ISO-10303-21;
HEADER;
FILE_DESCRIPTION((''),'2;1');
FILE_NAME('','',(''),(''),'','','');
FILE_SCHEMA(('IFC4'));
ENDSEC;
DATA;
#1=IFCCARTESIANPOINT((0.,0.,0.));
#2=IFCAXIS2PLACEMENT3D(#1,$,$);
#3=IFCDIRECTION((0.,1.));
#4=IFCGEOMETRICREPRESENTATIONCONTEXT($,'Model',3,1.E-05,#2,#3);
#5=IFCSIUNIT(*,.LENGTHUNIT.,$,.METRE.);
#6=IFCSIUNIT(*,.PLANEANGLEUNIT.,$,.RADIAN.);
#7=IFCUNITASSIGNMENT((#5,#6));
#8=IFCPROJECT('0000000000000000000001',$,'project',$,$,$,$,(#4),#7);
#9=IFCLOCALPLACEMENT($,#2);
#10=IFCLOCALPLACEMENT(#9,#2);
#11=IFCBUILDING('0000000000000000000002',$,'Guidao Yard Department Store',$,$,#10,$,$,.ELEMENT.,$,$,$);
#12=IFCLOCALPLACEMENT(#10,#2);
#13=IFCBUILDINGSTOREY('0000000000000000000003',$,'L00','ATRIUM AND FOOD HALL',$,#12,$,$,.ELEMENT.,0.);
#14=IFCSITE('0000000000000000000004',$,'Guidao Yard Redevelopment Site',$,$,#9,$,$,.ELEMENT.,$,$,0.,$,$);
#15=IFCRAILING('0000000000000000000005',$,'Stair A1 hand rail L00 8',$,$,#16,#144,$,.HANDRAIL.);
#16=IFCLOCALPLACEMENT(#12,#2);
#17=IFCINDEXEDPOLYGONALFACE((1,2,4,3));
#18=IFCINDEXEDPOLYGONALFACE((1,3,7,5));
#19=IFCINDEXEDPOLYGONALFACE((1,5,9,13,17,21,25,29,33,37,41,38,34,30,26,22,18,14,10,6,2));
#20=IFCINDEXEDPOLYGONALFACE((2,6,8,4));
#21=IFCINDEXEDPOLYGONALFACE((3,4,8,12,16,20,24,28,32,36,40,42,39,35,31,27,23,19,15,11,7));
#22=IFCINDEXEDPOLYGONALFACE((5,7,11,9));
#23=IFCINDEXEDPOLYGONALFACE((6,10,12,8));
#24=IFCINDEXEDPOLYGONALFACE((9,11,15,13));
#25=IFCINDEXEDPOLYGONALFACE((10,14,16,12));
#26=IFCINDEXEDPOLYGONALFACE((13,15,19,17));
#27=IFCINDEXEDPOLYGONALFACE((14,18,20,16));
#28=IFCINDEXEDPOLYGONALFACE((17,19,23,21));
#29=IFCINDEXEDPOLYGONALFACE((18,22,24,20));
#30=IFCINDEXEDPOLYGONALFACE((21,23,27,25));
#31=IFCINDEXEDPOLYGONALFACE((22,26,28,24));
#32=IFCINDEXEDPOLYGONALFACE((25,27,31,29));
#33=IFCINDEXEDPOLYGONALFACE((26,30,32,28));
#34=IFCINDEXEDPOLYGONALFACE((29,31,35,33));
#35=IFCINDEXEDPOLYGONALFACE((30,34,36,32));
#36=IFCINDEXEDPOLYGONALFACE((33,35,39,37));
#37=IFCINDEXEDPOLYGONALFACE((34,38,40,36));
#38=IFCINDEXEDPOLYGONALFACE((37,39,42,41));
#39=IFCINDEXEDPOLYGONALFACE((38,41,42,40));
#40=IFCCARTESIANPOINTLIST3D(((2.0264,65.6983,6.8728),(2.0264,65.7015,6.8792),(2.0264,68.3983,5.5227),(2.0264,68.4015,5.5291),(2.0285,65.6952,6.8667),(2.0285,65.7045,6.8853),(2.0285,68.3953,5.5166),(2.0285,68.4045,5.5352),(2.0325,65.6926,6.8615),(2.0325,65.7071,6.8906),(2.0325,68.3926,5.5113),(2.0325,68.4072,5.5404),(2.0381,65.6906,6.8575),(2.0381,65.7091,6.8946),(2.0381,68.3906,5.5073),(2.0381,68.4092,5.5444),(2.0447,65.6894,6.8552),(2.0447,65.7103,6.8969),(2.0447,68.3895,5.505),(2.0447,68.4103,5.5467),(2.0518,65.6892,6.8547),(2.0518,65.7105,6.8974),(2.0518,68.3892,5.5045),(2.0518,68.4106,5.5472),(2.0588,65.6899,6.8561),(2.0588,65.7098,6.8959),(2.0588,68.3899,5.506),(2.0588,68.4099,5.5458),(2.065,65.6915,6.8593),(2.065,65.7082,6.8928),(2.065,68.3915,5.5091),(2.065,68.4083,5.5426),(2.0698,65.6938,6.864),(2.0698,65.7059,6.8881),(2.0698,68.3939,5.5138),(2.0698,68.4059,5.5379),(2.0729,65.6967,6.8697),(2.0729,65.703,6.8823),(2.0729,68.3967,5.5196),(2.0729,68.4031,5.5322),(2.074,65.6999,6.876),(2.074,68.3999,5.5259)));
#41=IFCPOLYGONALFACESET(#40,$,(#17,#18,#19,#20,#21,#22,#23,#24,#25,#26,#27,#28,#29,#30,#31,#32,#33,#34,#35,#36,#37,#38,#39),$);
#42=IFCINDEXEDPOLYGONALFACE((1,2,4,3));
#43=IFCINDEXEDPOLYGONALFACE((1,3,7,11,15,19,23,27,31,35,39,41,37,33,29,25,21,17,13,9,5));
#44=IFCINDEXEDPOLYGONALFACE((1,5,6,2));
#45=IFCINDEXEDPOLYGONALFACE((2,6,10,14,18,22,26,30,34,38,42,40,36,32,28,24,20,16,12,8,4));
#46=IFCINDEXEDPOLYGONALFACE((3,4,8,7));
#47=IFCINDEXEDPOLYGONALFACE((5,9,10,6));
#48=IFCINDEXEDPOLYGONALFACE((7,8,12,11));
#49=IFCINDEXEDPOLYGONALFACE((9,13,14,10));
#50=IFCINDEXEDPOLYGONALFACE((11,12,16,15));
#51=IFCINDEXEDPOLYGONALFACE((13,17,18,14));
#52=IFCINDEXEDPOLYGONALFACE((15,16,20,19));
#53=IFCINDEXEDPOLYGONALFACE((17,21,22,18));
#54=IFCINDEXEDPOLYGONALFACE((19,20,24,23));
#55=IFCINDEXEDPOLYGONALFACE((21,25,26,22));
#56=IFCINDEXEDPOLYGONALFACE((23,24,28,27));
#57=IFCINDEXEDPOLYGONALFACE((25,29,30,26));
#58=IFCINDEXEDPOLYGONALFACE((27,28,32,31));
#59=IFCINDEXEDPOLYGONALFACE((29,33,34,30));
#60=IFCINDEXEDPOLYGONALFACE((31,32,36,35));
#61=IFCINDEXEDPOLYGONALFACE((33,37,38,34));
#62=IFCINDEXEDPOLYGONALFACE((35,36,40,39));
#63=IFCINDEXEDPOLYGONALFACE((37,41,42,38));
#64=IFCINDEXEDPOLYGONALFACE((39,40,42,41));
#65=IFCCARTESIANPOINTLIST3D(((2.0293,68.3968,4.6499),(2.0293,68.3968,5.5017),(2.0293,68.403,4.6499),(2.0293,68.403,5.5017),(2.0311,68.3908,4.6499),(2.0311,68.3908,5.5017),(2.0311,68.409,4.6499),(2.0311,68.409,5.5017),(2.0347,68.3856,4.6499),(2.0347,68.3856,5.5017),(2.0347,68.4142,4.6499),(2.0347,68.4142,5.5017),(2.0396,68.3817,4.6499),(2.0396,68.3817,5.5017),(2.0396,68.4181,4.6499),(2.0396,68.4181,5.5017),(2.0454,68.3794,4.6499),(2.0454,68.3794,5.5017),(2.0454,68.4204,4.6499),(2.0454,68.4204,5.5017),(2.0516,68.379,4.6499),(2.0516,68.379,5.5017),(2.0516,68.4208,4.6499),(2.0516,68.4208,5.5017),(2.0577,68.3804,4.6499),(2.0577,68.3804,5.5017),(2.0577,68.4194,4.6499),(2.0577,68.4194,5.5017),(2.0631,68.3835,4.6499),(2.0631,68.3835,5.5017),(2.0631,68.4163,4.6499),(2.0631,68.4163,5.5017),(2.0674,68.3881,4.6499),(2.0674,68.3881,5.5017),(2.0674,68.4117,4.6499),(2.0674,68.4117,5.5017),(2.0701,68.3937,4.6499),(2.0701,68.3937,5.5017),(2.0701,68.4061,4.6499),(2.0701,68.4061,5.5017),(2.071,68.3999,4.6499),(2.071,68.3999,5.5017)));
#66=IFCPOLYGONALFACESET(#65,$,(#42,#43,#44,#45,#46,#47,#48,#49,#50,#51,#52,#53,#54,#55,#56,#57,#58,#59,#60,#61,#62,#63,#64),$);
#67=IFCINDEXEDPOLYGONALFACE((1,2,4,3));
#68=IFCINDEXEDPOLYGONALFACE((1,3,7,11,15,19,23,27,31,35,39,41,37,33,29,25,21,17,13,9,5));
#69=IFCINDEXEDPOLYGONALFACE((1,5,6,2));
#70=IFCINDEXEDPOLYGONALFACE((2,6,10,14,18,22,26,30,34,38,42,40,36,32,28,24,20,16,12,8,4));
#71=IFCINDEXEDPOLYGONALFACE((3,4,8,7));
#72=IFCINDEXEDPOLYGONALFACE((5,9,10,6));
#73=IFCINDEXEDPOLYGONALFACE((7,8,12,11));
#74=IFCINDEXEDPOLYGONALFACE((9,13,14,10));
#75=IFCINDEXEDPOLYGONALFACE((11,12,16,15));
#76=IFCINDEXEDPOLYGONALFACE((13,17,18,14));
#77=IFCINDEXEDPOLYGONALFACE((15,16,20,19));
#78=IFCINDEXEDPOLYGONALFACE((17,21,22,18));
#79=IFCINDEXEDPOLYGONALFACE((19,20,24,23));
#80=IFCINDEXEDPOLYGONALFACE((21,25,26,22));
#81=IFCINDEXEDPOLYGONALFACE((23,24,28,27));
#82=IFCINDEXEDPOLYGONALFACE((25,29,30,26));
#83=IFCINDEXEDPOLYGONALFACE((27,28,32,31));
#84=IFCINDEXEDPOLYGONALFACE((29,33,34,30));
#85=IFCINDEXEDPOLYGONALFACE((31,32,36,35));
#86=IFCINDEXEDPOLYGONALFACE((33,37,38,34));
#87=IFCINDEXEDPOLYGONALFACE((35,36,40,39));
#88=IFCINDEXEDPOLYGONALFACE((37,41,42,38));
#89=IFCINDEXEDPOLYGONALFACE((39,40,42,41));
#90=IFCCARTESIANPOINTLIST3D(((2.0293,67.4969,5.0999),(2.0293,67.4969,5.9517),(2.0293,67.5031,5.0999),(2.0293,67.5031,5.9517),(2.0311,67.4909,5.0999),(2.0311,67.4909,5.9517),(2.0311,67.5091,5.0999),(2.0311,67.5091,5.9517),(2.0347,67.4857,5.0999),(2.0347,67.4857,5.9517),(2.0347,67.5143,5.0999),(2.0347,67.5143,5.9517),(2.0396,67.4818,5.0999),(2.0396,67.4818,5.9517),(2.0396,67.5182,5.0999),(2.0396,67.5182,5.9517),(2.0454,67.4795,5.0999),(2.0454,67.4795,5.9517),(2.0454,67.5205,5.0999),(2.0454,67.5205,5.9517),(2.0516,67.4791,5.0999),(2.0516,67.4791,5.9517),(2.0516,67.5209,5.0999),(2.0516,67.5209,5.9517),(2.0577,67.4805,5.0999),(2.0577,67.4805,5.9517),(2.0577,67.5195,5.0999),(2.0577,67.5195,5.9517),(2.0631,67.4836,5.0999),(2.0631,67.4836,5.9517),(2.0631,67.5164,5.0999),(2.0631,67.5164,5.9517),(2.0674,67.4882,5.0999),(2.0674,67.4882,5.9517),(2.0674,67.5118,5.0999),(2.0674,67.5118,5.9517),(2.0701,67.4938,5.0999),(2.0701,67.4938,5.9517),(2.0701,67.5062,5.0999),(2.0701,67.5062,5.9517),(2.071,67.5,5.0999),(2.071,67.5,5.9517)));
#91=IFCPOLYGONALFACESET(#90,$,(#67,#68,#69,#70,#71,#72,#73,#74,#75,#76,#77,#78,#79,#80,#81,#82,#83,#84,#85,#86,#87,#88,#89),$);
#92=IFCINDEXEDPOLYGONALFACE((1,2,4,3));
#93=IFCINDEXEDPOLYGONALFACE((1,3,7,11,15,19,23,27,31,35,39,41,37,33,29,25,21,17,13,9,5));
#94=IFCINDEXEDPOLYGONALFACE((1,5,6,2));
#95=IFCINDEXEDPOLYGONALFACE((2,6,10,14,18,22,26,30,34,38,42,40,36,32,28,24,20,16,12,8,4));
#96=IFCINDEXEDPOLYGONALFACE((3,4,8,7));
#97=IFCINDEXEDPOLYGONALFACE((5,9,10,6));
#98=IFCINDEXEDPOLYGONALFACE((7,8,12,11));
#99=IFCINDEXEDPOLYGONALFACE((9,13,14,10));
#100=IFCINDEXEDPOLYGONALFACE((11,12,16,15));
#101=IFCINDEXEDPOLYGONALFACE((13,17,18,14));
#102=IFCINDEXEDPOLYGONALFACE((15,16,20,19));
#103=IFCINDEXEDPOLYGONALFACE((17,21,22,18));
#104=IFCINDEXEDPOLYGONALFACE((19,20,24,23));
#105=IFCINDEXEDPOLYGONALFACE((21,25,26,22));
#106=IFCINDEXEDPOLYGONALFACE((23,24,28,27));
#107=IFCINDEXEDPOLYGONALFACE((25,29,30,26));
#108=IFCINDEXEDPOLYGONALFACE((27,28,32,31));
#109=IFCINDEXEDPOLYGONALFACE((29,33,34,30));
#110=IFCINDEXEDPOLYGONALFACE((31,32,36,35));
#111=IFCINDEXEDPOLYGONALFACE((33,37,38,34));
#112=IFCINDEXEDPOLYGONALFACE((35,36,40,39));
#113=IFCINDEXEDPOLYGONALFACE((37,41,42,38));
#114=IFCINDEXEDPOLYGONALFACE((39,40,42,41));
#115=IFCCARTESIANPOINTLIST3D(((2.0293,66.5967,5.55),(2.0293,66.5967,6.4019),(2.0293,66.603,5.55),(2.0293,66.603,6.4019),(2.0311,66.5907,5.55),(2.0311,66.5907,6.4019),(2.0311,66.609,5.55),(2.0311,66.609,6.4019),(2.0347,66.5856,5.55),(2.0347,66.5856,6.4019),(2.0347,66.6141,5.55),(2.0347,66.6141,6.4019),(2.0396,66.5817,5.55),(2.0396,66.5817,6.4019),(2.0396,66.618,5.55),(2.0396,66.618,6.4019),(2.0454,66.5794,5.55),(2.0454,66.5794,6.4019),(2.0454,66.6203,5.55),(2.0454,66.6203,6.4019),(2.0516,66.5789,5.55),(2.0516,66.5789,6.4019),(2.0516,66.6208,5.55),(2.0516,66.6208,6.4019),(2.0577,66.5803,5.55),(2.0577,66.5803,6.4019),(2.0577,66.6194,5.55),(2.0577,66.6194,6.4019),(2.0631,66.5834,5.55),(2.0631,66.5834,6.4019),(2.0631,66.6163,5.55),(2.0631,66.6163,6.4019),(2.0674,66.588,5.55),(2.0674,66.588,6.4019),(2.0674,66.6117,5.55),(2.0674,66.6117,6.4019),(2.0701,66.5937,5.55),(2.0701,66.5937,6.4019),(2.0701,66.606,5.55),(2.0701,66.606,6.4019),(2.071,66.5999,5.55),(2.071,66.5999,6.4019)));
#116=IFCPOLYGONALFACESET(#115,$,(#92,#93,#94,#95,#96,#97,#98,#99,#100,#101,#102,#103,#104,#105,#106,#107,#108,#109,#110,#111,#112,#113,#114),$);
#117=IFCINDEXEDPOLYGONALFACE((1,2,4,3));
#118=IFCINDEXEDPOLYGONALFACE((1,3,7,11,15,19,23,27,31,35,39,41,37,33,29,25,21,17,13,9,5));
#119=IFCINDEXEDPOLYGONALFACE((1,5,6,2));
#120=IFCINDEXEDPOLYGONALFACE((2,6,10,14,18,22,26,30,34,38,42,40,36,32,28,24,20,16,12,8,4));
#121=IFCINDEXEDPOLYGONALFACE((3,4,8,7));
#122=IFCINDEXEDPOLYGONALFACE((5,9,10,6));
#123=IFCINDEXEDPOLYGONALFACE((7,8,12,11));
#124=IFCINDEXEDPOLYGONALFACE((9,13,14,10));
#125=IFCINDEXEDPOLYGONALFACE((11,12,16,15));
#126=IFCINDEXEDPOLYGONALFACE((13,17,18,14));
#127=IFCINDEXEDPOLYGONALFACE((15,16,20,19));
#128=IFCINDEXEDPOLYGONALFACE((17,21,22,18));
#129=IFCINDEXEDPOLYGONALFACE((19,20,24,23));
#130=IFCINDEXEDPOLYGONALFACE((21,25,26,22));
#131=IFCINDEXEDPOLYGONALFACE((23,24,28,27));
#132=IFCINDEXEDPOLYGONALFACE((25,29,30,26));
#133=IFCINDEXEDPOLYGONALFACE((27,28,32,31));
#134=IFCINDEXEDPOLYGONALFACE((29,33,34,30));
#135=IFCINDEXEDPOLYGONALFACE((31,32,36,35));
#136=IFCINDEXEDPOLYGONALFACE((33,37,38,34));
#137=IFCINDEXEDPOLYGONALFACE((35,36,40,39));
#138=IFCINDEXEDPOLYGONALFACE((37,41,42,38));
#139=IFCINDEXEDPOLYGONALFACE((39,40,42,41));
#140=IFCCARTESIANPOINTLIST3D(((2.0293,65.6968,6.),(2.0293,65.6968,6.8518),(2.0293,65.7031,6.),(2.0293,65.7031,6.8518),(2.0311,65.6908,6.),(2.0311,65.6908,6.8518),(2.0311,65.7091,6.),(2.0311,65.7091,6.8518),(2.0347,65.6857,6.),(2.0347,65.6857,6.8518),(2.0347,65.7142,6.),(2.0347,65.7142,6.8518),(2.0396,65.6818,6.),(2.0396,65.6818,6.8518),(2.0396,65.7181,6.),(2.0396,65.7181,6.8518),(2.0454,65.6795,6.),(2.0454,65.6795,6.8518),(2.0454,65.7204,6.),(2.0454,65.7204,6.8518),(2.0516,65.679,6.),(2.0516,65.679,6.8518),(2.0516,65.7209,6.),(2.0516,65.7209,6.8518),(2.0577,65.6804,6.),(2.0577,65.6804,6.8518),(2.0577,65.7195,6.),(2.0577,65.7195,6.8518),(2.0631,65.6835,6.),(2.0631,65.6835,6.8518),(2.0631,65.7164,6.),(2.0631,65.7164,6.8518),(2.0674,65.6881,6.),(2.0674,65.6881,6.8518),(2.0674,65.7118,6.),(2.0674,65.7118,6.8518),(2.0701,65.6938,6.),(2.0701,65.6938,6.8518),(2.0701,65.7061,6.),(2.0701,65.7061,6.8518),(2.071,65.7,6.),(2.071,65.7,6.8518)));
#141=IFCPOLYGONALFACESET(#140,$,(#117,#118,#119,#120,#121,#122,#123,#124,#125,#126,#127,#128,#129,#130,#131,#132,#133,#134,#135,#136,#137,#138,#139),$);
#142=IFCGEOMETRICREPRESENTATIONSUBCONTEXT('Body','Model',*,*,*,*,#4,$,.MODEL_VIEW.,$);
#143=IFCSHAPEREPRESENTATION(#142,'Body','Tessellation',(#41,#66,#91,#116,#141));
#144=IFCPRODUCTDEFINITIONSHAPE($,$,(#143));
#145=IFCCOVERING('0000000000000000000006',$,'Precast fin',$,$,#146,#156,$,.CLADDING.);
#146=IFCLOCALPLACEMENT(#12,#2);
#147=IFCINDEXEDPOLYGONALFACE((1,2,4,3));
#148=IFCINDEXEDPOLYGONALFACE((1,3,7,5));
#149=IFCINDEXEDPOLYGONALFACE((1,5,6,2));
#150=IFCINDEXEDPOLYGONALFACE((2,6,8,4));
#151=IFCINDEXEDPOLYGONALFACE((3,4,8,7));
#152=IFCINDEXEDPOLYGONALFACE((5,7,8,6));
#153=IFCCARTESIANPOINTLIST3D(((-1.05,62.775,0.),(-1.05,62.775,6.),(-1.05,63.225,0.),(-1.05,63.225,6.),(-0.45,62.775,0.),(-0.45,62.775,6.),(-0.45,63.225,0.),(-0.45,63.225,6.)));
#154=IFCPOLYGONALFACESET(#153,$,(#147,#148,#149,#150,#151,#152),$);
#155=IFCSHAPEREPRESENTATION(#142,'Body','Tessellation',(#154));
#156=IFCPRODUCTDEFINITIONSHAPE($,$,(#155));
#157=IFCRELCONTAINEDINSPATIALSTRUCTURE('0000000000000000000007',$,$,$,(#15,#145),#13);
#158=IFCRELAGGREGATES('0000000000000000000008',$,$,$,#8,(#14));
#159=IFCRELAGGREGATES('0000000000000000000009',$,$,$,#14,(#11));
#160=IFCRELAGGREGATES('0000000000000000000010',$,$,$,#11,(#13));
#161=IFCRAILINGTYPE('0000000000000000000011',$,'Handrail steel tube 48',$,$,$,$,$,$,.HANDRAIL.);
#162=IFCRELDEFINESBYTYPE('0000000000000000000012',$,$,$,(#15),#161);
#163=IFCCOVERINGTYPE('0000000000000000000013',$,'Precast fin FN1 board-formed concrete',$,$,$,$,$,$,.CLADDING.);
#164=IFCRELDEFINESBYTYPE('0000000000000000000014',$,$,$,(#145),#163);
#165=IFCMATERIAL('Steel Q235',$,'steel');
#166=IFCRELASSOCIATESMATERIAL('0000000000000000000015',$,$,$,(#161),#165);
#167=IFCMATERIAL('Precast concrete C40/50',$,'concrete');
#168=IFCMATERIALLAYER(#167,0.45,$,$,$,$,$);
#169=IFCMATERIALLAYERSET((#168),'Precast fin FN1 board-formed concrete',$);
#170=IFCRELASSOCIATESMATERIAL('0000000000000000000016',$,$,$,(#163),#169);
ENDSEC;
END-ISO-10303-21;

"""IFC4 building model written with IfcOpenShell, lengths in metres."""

from ifc_helpers import new_model, si_unit, direction, frame, origin, origin_2d, place, context, subcontext, project, spatial, rectangle, circle, extrude, material, layer, layer_set, type_object, element, save


model = new_model("IFC4")

# Units and contexts
model_context = context("Model", 3, precision=1e-05, world=origin(), true_north=direction((0.0, 1.0)))
body_context = subcontext(model_context, "Body", "Model", "MODEL_VIEW")
ifc_project = project(units=[si_unit("LENGTHUNIT", "METRE"), si_unit("PLANEANGLEUNIT", "RADIAN")], contexts=[model_context])

# Site, building, storey
site_placement = place(None, origin())
site = spatial("IfcSite", under=ifc_project, at=site_placement, Name="Guidao Yard Redevelopment Site", CompositionType="ELEMENT", RefElevation=0.0)
building_placement = place(site_placement, origin())
building = spatial("IfcBuilding", under=site, at=building_placement, Name="Guidao Yard Department Store", CompositionType="ELEMENT")
storey_placement = place(building_placement, origin())
storey = spatial("IfcBuildingStorey", under=building, at=storey_placement, Name="L00", Description="ATRIUM AND FOOD HALL", CompositionType="ELEMENT", Elevation=0.0)

# Railing
ifc_material_1 = material(Name="Steel Q235", Category="steel")
railing_type = type_object("IfcRailingType", Name="Handrail steel tube 48", PredefinedType="HANDRAIL", material=ifc_material_1)
for number, where, name in (
    (1, (2.05, 68.3999, 4.6499), "Stair A1 hand rail L00 8"),
):
    element("IfcRailing", number, at=place(storey_placement, frame(where)), inside=storey, type_object=railing_type, Name=name, PredefinedType="HANDRAIL", context=body_context, shape_type="SweptSolid", body=[
        extrude(circle(Radius=0.0239, at=origin_2d()), frame((0.0, 0.0, 0.876), z_axis=(0.0, -0.894411, 0.447246), x_axis=(1.0, 0.0, 0.0)), (0.0, 0.0, 1.0), 3.0188),
        extrude(circle(Radius=0.021, at=origin_2d()), origin(), (0.0, 0.0, 1.0), 0.8518),
        extrude(circle(Radius=0.021, at=origin_2d()), frame((0.0, -0.8999, 0.45)), (0.0, 0.0, 1.0), 0.8518),
        extrude(circle(Radius=0.021, at=origin_2d()), frame((0.0, -1.8, 0.9001)), (0.0, 0.0, 1.0), 0.8518),
        extrude(circle(Radius=0.021, at=origin_2d()), frame((0.0, -2.7, 1.3501)), (0.0, 0.0, 1.0), 0.8518),
    ])

# Covering
ifc_material_2 = material(Name="Precast concrete C40/50", Category="concrete")
ifc_layer_1 = layer(ifc_material_2, 0.45)
ifc_layer_set_1 = layer_set([ifc_layer_1], Name="Precast fin FN1 board-formed concrete")
covering_type = type_object("IfcCoveringType", Name="Precast fin FN1 board-formed concrete", PredefinedType="CLADDING", material=ifc_layer_set_1)
covering_placement = place(storey_placement, frame((-0.75, 63.0, 0.0), z_axis=(0.0, 0.0, 1.0), x_axis=(0.0, 1.0, 0.0)))
element("IfcCovering", 2, at=covering_placement, inside=storey, type_object=covering_type, Name="Precast fin", PredefinedType="CLADDING", context=body_context, shape_type="SweptSolid", body=[
    extrude(rectangle(XDim=0.45, YDim=0.6001, at=origin_2d()), origin(), (0.0, 0.0, 1.0), 6.0),
])

save(model, "model.ifc")
